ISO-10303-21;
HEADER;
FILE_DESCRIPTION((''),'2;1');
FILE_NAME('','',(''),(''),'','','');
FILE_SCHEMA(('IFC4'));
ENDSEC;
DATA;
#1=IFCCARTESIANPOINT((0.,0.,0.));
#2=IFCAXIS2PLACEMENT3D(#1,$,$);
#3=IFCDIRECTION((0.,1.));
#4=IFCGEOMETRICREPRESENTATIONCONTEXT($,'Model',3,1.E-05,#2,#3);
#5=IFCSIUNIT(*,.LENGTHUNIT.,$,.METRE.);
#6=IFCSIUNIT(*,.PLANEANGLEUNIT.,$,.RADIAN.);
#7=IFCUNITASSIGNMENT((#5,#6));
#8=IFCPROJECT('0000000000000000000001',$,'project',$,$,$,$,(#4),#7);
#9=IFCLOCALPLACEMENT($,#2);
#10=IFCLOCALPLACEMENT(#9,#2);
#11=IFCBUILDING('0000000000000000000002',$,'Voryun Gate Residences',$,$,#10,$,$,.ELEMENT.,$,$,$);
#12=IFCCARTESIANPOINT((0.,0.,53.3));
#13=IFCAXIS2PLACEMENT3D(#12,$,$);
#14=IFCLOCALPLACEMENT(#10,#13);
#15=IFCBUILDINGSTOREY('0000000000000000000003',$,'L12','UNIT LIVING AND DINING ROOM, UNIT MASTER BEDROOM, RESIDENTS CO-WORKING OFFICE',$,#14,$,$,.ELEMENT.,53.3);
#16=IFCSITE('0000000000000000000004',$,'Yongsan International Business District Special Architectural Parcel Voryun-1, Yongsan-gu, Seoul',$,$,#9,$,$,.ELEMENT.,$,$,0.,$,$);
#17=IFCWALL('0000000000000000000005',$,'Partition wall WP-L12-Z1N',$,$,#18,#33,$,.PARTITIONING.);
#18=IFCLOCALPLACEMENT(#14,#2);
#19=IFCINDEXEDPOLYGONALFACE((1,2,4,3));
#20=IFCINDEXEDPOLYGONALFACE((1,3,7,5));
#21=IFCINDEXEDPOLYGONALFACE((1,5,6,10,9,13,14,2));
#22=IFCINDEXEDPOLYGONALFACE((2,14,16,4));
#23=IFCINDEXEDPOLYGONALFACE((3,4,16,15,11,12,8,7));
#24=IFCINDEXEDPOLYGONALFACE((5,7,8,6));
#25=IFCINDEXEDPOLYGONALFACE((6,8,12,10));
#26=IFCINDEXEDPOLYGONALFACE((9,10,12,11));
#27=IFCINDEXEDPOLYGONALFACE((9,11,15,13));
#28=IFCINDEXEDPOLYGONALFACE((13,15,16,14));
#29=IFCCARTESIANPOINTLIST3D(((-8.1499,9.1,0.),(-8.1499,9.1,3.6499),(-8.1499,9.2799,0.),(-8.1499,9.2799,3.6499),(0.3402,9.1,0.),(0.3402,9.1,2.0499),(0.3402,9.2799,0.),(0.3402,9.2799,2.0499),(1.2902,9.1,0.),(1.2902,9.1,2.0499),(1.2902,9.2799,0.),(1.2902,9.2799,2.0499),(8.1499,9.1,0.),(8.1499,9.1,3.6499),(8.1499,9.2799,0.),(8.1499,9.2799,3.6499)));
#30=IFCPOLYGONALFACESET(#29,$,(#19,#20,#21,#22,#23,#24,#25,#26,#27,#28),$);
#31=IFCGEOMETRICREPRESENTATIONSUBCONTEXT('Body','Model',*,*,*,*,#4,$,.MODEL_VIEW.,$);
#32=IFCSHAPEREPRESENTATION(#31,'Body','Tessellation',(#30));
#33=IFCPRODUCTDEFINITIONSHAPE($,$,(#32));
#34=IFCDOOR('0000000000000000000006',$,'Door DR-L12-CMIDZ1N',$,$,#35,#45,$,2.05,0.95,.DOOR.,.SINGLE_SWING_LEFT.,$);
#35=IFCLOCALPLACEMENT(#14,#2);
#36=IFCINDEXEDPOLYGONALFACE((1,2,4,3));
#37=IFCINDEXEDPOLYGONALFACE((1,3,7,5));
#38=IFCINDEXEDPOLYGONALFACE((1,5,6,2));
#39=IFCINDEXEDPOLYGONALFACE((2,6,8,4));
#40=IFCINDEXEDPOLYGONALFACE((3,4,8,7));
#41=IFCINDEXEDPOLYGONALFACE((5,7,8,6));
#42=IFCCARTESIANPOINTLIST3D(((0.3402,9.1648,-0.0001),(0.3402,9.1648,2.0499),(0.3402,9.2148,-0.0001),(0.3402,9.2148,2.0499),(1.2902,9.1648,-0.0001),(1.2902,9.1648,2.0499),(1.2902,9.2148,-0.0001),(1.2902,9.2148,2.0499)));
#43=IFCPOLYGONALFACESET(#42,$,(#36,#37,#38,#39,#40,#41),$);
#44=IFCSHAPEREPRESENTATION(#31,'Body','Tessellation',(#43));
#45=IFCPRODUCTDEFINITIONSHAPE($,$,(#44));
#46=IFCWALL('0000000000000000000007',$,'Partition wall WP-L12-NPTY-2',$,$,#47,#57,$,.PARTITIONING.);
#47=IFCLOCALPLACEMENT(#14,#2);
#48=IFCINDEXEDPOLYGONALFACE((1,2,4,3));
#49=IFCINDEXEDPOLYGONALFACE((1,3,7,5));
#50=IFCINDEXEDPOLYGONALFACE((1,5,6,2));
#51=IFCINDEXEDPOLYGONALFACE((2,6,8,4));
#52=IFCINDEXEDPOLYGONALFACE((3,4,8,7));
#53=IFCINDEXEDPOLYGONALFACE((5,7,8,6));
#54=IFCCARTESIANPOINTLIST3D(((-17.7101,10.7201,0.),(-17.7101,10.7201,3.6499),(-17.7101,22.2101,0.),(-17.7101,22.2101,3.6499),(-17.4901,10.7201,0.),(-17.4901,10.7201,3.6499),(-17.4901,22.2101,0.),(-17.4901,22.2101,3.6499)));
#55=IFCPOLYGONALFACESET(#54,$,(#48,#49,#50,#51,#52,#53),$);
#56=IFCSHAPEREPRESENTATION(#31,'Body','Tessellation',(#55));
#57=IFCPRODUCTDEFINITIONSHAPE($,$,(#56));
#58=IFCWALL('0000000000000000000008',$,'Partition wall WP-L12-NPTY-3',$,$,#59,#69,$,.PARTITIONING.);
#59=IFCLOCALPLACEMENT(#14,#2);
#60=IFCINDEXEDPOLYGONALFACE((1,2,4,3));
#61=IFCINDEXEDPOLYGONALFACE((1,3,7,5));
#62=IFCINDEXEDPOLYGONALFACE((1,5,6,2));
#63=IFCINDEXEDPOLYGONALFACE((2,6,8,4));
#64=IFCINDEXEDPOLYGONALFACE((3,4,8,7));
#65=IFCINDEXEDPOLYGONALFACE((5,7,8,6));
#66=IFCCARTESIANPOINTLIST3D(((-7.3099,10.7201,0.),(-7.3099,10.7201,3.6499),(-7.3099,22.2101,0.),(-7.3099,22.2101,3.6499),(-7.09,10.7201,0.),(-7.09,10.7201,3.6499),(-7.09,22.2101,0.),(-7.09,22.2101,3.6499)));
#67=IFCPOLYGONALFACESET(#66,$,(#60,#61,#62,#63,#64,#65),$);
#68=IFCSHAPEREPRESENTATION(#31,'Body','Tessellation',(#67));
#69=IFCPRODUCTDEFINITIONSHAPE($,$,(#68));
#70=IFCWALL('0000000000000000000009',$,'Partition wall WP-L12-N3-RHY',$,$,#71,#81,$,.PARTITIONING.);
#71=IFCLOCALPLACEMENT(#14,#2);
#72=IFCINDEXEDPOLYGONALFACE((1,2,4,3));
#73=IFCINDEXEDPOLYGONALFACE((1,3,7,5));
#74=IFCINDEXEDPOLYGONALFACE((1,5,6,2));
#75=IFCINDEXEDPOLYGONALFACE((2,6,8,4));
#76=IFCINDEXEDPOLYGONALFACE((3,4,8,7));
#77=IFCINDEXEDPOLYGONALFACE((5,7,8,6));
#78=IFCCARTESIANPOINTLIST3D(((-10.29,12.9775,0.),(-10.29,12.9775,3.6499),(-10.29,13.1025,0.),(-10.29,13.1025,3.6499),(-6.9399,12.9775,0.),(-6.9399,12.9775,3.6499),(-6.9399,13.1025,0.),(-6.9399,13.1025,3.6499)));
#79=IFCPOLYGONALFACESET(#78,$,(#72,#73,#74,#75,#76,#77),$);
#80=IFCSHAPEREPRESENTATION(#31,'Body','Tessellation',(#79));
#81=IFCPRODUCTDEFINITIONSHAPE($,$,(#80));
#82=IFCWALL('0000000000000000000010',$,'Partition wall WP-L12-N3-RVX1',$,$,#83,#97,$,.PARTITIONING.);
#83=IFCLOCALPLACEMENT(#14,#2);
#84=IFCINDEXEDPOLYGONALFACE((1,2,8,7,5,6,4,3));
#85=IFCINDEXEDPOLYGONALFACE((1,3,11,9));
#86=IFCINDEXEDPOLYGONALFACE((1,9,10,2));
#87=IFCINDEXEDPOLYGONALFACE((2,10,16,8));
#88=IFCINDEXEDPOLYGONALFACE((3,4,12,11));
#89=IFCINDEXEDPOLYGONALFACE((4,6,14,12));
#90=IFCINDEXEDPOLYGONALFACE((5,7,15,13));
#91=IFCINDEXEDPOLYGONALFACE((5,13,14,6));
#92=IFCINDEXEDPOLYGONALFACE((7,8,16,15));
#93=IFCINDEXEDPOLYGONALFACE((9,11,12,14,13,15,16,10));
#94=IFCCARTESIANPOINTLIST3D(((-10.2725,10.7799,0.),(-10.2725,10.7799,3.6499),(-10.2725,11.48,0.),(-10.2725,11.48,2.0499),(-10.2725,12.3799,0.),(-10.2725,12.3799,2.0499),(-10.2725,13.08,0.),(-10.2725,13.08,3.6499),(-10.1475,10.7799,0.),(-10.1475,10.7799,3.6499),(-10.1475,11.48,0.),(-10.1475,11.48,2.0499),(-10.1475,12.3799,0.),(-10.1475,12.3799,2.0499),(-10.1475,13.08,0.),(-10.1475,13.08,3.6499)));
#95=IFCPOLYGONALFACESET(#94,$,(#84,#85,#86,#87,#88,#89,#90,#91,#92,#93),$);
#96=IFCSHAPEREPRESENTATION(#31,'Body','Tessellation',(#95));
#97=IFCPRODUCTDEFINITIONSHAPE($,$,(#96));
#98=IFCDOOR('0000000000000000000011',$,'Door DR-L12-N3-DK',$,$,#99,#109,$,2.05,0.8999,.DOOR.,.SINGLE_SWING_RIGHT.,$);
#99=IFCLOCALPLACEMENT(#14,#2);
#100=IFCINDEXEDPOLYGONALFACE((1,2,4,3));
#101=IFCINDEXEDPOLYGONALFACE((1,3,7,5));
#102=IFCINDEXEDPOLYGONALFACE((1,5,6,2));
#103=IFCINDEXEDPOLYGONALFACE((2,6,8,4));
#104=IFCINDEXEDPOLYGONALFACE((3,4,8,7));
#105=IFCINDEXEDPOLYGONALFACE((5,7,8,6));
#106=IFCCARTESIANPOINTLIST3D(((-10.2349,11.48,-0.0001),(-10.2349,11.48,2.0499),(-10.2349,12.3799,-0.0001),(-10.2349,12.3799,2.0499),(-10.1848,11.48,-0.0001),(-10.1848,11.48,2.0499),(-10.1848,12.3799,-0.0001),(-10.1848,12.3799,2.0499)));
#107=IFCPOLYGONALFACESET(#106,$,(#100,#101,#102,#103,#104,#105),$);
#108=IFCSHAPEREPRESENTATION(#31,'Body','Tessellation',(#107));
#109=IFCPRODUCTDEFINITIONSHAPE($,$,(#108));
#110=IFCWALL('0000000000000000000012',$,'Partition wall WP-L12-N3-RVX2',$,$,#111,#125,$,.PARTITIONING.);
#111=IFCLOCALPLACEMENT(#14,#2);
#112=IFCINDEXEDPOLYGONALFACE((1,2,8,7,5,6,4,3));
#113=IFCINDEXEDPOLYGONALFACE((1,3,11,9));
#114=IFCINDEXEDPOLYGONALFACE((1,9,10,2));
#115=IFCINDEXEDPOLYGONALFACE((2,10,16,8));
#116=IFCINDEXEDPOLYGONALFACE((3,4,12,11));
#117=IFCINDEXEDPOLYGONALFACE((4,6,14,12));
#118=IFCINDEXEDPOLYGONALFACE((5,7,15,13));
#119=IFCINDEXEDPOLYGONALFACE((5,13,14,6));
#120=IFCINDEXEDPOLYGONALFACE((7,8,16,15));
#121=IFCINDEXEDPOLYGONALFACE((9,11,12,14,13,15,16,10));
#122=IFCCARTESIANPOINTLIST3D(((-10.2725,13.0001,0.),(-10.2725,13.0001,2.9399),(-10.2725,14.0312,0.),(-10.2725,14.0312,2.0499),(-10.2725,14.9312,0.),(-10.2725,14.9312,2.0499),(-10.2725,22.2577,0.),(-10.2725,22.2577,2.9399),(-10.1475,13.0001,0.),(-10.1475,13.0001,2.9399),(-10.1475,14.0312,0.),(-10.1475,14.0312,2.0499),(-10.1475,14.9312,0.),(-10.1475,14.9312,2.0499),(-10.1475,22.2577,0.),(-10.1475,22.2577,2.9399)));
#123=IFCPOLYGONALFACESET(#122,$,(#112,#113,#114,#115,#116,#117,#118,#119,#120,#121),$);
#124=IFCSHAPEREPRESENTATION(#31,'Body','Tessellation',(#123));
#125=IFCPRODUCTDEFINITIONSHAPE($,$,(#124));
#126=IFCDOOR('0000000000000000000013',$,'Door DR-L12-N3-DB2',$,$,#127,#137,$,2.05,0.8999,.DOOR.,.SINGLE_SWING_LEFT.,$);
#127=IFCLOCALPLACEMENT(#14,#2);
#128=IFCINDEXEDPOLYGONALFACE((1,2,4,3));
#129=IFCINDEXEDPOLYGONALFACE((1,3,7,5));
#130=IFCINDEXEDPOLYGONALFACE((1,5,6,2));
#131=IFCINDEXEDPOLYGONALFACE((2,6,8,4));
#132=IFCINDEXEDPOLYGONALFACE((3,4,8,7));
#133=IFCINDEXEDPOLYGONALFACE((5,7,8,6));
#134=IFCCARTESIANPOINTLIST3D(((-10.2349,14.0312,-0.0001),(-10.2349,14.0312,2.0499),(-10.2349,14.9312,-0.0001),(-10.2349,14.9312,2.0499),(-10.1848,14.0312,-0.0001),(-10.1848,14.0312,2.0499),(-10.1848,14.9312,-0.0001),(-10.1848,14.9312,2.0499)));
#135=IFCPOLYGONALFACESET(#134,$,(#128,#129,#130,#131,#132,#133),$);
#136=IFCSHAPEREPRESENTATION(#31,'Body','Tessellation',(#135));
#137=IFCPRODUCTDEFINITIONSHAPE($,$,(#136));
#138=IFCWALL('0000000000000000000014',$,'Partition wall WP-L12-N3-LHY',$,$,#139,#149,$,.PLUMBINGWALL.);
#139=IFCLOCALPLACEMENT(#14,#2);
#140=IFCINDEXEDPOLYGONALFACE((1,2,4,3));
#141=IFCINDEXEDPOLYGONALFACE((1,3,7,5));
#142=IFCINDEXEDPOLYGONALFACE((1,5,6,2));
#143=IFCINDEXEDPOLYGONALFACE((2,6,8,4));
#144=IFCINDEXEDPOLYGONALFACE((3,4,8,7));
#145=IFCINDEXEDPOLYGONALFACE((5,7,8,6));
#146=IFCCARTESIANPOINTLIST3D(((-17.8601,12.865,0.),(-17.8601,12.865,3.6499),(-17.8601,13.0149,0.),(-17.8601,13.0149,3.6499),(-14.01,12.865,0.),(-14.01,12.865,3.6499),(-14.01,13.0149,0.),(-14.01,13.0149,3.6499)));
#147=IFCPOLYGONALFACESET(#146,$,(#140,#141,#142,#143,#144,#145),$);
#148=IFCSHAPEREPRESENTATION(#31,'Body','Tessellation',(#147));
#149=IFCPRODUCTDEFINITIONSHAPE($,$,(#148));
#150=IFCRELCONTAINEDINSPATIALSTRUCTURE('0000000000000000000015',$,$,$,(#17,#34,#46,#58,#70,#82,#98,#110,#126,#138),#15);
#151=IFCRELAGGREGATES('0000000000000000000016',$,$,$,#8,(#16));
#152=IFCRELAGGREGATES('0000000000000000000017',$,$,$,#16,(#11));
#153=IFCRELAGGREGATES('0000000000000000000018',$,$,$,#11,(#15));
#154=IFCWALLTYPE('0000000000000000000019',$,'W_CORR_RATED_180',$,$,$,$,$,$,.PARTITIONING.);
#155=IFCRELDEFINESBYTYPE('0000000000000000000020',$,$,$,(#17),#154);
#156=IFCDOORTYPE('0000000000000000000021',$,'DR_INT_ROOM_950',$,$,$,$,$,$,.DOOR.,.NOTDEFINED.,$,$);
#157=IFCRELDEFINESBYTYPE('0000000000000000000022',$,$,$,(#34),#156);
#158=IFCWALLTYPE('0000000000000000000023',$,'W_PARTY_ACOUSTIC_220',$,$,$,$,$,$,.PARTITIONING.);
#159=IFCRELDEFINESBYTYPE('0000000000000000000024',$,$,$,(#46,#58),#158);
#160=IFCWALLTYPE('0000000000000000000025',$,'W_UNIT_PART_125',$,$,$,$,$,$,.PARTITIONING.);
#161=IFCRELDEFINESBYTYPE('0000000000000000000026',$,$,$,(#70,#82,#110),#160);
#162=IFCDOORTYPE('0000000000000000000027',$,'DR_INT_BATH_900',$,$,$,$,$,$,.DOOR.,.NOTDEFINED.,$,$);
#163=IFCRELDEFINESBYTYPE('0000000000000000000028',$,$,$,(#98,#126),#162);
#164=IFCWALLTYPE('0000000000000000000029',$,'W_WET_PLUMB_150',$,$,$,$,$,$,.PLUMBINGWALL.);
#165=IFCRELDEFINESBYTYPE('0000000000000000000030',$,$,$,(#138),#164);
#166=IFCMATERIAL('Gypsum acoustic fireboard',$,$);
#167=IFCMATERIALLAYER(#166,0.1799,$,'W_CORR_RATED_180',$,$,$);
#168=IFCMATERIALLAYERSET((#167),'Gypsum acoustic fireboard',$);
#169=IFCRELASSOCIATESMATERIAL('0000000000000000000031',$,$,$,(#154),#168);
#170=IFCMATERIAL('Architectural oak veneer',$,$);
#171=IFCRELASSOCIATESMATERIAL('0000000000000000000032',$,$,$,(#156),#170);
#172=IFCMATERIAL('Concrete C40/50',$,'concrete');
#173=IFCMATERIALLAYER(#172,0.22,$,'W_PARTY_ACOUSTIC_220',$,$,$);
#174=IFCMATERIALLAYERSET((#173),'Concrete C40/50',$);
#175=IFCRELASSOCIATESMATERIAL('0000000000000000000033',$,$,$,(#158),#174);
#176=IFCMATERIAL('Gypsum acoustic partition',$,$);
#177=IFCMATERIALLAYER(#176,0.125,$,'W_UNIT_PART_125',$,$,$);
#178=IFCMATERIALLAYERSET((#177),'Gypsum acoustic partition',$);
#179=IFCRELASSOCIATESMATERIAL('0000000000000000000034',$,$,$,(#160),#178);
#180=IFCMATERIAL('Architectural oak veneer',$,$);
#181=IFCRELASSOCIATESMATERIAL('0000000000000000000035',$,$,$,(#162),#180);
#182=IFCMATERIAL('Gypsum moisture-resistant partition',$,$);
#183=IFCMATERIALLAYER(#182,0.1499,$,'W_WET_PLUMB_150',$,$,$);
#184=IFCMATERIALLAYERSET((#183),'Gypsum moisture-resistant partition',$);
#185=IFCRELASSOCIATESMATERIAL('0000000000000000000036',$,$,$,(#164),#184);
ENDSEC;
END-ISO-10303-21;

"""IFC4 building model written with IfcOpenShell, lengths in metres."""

from ifc_helpers import new_model, si_unit, direction, frame, frame_2d, origin, place, context, subcontext, project, spatial, rectangle, extrude, material, layer, layer_set, type_object, element, fill, save


model = new_model("IFC4")

# Units and contexts
model_context = context("Model", 3, precision=1e-05, world=origin(), true_north=direction((0.0, 1.0)))
body_context = subcontext(model_context, "Body", "Model", "MODEL_VIEW")
ifc_project = project(units=[si_unit("LENGTHUNIT", "METRE"), si_unit("PLANEANGLEUNIT", "RADIAN")], contexts=[model_context])

# Site, building, storey
site_placement = place(None, origin())
site = spatial("IfcSite", under=ifc_project, at=site_placement, Name="Yongsan International Business District Special Architectural Parcel Voryun-1, Yongsan-gu, Seoul", CompositionType="ELEMENT", RefElevation=0.0)
building_placement = place(site_placement, origin())
building = spatial("IfcBuilding", under=site, at=building_placement, Name="Voryun Gate Residences", CompositionType="ELEMENT")
storey_placement = place(building_placement, frame((0.0, 0.0, 53.3)))
storey = spatial("IfcBuildingStorey", under=building, at=storey_placement, Name="L12", Description="UNIT LIVING AND DINING ROOM, UNIT MASTER BEDROOM, RESIDENTS CO-WORKING OFFICE", CompositionType="ELEMENT", Elevation=53.3)

# Wall, opening, door
ifc_material_1 = material(Name="Gypsum acoustic fireboard")
ifc_layer_1 = layer(ifc_material_1, 0.1799, Name="W_CORR_RATED_180")
ifc_layer_set_1 = layer_set([ifc_layer_1], Name="Gypsum acoustic fireboard")
wall_type_1 = type_object("IfcWallType", Name="W_CORR_RATED_180", PredefinedType="PARTITIONING", material=ifc_layer_set_1)
wall_1_placement = place(storey_placement, frame((-8.1499, 9.1899, 0.0), z_axis=(0.0, 0.0, 1.0), x_axis=(1.0, 0.0, 0.0)))
wall_1 = element("IfcWall", 1, at=wall_1_placement, inside=storey, type_object=wall_type_1, Name="Partition wall WP-L12-Z1N", PredefinedType="PARTITIONING", context=body_context, shape_type="SweptSolid", body=[
    extrude(rectangle(XDim=16.2998, YDim=0.1799, at=frame_2d((8.1499, 0.0))), origin(), (0.0, 0.0, 1.0), 3.6499),
])
opening_1_placement = place(wall_1_placement, frame((8.49, 0.0, 0.0)))
opening_1 = element("IfcOpeningElement", 2, at=opening_1_placement, cuts=wall_1, PredefinedType="OPENING", context=body_context, shape_type="SweptSolid", body=[
    extrude(rectangle(XDim=0.95, YDim=2.05, at=frame_2d((0.4751, 1.0249))), frame((0.0, 0.0999, 0.0), z_axis=(0.0, -1.0, 0.0), x_axis=(1.0, 0.0, 0.0)), (0.0, 0.0, 1.0), 0.2),
])
ifc_material_2 = material(Name="Architectural oak veneer")
door_type_1 = type_object("IfcDoorType", Name="DR_INT_ROOM_950", OperationType="NOTDEFINED", PredefinedType="DOOR", material=ifc_material_2)
door_1_placement = place(opening_1_placement, origin())
door_1 = element("IfcDoor", 3, at=door_1_placement, inside=storey, type_object=door_type_1, Name="Door DR-L12-CMIDZ1N", OperationType="SINGLE_SWING_LEFT", OverallHeight=2.05, OverallWidth=0.95, PredefinedType="DOOR", context=body_context, shape_type="SweptSolid", body=[
    extrude(rectangle(XDim=0.95, YDim=2.05, at=frame_2d((0.4751, 1.0249))), frame((0.0, 0.0249, 0.0), z_axis=(0.0, -1.0, 0.0), x_axis=(1.0, 0.0, 0.0)), (0.0, 0.0, 1.0), 0.05),
])
fill(opening_1, door_1)

# Walls
ifc_material_3 = material(Name="Concrete C40/50", Category="concrete")
ifc_layer_2 = layer(ifc_material_3, 0.22, Name="W_PARTY_ACOUSTIC_220")
ifc_layer_set_2 = layer_set([ifc_layer_2], Name="Concrete C40/50")
wall_type_2 = type_object("IfcWallType", Name="W_PARTY_ACOUSTIC_220", PredefinedType="PARTITIONING", material=ifc_layer_set_2)
for number, where, z_axis, x_axis, name in (
    (4, (-17.6001, 10.72, 0.0), (0.0, 0.0, 1.0), (0.0, 1.0, 0.0), "Partition wall WP-L12-NPTY-2"),
    (5, (-7.2, 10.72, 0.0), (0.0, 0.0, 1.0), (0.0, 1.0, 0.0), "Partition wall WP-L12-NPTY-3"),
):
    element("IfcWall", number, at=place(storey_placement, frame(where, z_axis=z_axis, x_axis=x_axis)), inside=storey, type_object=wall_type_2, Name=name, PredefinedType="PARTITIONING", context=body_context, shape_type="SweptSolid", body=[
        extrude(rectangle(XDim=11.49, YDim=0.22, at=frame_2d((5.7451, 0.0))), origin(), (0.0, 0.0, 1.0), 3.6499),
    ])
ifc_material_4 = material(Name="Gypsum acoustic partition")
ifc_layer_3 = layer(ifc_material_4, 0.125, Name="W_UNIT_PART_125")
ifc_layer_set_3 = layer_set([ifc_layer_3], Name="Gypsum acoustic partition")
wall_type_3 = type_object("IfcWallType", Name="W_UNIT_PART_125", PredefinedType="PARTITIONING", material=ifc_layer_set_3)
wall_2_placement = place(storey_placement, frame((-10.29, 13.04, 0.0), z_axis=(0.0, 0.0, 1.0), x_axis=(1.0, 0.0, 0.0)))
element("IfcWall", 6, at=wall_2_placement, inside=storey, type_object=wall_type_3, Name="Partition wall WP-L12-N3-RHY", PredefinedType="PARTITIONING", context=body_context, shape_type="SweptSolid", body=[
    extrude(rectangle(XDim=3.3501, YDim=0.125, at=frame_2d((1.675, 0.0))), origin(), (0.0, 0.0, 1.0), 3.6499),
])

# Walls, openings, doors
wall_3_placement = place(storey_placement, frame((-10.21, 10.78, 0.0), z_axis=(0.0, 0.0, 1.0), x_axis=(0.0, 1.0, 0.0)))
wall_3 = element("IfcWall", 7, at=wall_3_placement, inside=storey, type_object=wall_type_3, Name="Partition wall WP-L12-N3-RVX1", PredefinedType="PARTITIONING", context=body_context, shape_type="SweptSolid", body=[
    extrude(rectangle(XDim=2.3, YDim=0.125, at=frame_2d((1.1499, 0.0))), origin(), (0.0, 0.0, 1.0), 3.6499),
])
opening_2_placement = place(wall_3_placement, frame((0.7, 0.0, 0.0)))
opening_2 = element("IfcOpeningElement", 8, at=opening_2_placement, cuts=wall_3, PredefinedType="OPENING", context=body_context, shape_type="SweptSolid", body=[
    extrude(rectangle(XDim=0.8999, YDim=2.05, at=frame_2d((0.45, 1.0249))), frame((0.0, 0.0725, 0.0), z_axis=(0.0, -1.0, 0.0), x_axis=(1.0, 0.0, 0.0)), (0.0, 0.0, 1.0), 0.145),
])
ifc_material_5 = material(Name="Architectural oak veneer")
door_type_2 = type_object("IfcDoorType", Name="DR_INT_BATH_900", OperationType="NOTDEFINED", PredefinedType="DOOR", material=ifc_material_5)
door_2_placement = place(opening_2_placement, origin())
door_2 = element("IfcDoor", 9, at=door_2_placement, inside=storey, type_object=door_type_2, Name="Door DR-L12-N3-DK", OperationType="SINGLE_SWING_RIGHT", OverallHeight=2.05, OverallWidth=0.8999, PredefinedType="DOOR", context=body_context, shape_type="SweptSolid", body=[
    extrude(rectangle(XDim=0.8999, YDim=2.05, at=frame_2d((0.45, 1.0249))), frame((0.0, 0.0249, 0.0), z_axis=(0.0, -1.0, 0.0), x_axis=(1.0, 0.0, 0.0)), (0.0, 0.0, 1.0), 0.05),
])
fill(opening_2, door_2)
wall_4_placement = place(storey_placement, frame((-10.21, 13.0, 0.0), z_axis=(0.0, 0.0, 1.0), x_axis=(0.0, 1.0, 0.0)))
wall_4 = element("IfcWall", 10, at=wall_4_placement, inside=storey, type_object=wall_type_3, Name="Partition wall WP-L12-N3-RVX2", PredefinedType="PARTITIONING", context=body_context, shape_type="SweptSolid", body=[
    extrude(rectangle(XDim=9.2576, YDim=0.125, at=frame_2d((4.6289, 0.0))), origin(), (0.0, 0.0, 1.0), 2.9399),
])
opening_3_placement = place(wall_4_placement, frame((1.0312, 0.0, 0.0)))
opening_3 = element("IfcOpeningElement", 11, at=opening_3_placement, cuts=wall_4, PredefinedType="OPENING", context=body_context, shape_type="SweptSolid", body=[
    extrude(rectangle(XDim=0.8999, YDim=2.05, at=frame_2d((0.45, 1.0249))), frame((0.0, 0.0725, 0.0), z_axis=(0.0, -1.0, 0.0), x_axis=(1.0, 0.0, 0.0)), (0.0, 0.0, 1.0), 0.145),
])
door_3_placement = place(opening_3_placement, origin())
door_3 = element("IfcDoor", 12, at=door_3_placement, inside=storey, type_object=door_type_2, Name="Door DR-L12-N3-DB2", OperationType="SINGLE_SWING_LEFT", OverallHeight=2.05, OverallWidth=0.8999, PredefinedType="DOOR", context=body_context, shape_type="SweptSolid", body=[
    extrude(rectangle(XDim=0.8999, YDim=2.05, at=frame_2d((0.45, 1.0249))), frame((0.0, 0.0249, 0.0), z_axis=(0.0, -1.0, 0.0), x_axis=(1.0, 0.0, 0.0)), (0.0, 0.0, 1.0), 0.05),
])
fill(opening_3, door_3)

# Wall
ifc_material_6 = material(Name="Gypsum moisture-resistant partition")
ifc_layer_4 = layer(ifc_material_6, 0.1499, Name="W_WET_PLUMB_150")
ifc_layer_set_4 = layer_set([ifc_layer_4], Name="Gypsum moisture-resistant partition")
wall_type_4 = type_object("IfcWallType", Name="W_WET_PLUMB_150", PredefinedType="PLUMBINGWALL", material=ifc_layer_set_4)
wall_5_placement = place(storey_placement, frame((-17.8601, 12.9399, 0.0), z_axis=(0.0, 0.0, 1.0), x_axis=(1.0, 0.0, 0.0)))
element("IfcWall", 13, at=wall_5_placement, inside=storey, type_object=wall_type_4, Name="Partition wall WP-L12-N3-LHY", PredefinedType="PLUMBINGWALL", context=body_context, shape_type="SweptSolid", body=[
    extrude(rectangle(XDim=3.8501, YDim=0.1499, at=frame_2d((1.925, 0.0))), origin(), (0.0, 0.0, 1.0), 3.6499),
])

save(model, "model.ifc")
